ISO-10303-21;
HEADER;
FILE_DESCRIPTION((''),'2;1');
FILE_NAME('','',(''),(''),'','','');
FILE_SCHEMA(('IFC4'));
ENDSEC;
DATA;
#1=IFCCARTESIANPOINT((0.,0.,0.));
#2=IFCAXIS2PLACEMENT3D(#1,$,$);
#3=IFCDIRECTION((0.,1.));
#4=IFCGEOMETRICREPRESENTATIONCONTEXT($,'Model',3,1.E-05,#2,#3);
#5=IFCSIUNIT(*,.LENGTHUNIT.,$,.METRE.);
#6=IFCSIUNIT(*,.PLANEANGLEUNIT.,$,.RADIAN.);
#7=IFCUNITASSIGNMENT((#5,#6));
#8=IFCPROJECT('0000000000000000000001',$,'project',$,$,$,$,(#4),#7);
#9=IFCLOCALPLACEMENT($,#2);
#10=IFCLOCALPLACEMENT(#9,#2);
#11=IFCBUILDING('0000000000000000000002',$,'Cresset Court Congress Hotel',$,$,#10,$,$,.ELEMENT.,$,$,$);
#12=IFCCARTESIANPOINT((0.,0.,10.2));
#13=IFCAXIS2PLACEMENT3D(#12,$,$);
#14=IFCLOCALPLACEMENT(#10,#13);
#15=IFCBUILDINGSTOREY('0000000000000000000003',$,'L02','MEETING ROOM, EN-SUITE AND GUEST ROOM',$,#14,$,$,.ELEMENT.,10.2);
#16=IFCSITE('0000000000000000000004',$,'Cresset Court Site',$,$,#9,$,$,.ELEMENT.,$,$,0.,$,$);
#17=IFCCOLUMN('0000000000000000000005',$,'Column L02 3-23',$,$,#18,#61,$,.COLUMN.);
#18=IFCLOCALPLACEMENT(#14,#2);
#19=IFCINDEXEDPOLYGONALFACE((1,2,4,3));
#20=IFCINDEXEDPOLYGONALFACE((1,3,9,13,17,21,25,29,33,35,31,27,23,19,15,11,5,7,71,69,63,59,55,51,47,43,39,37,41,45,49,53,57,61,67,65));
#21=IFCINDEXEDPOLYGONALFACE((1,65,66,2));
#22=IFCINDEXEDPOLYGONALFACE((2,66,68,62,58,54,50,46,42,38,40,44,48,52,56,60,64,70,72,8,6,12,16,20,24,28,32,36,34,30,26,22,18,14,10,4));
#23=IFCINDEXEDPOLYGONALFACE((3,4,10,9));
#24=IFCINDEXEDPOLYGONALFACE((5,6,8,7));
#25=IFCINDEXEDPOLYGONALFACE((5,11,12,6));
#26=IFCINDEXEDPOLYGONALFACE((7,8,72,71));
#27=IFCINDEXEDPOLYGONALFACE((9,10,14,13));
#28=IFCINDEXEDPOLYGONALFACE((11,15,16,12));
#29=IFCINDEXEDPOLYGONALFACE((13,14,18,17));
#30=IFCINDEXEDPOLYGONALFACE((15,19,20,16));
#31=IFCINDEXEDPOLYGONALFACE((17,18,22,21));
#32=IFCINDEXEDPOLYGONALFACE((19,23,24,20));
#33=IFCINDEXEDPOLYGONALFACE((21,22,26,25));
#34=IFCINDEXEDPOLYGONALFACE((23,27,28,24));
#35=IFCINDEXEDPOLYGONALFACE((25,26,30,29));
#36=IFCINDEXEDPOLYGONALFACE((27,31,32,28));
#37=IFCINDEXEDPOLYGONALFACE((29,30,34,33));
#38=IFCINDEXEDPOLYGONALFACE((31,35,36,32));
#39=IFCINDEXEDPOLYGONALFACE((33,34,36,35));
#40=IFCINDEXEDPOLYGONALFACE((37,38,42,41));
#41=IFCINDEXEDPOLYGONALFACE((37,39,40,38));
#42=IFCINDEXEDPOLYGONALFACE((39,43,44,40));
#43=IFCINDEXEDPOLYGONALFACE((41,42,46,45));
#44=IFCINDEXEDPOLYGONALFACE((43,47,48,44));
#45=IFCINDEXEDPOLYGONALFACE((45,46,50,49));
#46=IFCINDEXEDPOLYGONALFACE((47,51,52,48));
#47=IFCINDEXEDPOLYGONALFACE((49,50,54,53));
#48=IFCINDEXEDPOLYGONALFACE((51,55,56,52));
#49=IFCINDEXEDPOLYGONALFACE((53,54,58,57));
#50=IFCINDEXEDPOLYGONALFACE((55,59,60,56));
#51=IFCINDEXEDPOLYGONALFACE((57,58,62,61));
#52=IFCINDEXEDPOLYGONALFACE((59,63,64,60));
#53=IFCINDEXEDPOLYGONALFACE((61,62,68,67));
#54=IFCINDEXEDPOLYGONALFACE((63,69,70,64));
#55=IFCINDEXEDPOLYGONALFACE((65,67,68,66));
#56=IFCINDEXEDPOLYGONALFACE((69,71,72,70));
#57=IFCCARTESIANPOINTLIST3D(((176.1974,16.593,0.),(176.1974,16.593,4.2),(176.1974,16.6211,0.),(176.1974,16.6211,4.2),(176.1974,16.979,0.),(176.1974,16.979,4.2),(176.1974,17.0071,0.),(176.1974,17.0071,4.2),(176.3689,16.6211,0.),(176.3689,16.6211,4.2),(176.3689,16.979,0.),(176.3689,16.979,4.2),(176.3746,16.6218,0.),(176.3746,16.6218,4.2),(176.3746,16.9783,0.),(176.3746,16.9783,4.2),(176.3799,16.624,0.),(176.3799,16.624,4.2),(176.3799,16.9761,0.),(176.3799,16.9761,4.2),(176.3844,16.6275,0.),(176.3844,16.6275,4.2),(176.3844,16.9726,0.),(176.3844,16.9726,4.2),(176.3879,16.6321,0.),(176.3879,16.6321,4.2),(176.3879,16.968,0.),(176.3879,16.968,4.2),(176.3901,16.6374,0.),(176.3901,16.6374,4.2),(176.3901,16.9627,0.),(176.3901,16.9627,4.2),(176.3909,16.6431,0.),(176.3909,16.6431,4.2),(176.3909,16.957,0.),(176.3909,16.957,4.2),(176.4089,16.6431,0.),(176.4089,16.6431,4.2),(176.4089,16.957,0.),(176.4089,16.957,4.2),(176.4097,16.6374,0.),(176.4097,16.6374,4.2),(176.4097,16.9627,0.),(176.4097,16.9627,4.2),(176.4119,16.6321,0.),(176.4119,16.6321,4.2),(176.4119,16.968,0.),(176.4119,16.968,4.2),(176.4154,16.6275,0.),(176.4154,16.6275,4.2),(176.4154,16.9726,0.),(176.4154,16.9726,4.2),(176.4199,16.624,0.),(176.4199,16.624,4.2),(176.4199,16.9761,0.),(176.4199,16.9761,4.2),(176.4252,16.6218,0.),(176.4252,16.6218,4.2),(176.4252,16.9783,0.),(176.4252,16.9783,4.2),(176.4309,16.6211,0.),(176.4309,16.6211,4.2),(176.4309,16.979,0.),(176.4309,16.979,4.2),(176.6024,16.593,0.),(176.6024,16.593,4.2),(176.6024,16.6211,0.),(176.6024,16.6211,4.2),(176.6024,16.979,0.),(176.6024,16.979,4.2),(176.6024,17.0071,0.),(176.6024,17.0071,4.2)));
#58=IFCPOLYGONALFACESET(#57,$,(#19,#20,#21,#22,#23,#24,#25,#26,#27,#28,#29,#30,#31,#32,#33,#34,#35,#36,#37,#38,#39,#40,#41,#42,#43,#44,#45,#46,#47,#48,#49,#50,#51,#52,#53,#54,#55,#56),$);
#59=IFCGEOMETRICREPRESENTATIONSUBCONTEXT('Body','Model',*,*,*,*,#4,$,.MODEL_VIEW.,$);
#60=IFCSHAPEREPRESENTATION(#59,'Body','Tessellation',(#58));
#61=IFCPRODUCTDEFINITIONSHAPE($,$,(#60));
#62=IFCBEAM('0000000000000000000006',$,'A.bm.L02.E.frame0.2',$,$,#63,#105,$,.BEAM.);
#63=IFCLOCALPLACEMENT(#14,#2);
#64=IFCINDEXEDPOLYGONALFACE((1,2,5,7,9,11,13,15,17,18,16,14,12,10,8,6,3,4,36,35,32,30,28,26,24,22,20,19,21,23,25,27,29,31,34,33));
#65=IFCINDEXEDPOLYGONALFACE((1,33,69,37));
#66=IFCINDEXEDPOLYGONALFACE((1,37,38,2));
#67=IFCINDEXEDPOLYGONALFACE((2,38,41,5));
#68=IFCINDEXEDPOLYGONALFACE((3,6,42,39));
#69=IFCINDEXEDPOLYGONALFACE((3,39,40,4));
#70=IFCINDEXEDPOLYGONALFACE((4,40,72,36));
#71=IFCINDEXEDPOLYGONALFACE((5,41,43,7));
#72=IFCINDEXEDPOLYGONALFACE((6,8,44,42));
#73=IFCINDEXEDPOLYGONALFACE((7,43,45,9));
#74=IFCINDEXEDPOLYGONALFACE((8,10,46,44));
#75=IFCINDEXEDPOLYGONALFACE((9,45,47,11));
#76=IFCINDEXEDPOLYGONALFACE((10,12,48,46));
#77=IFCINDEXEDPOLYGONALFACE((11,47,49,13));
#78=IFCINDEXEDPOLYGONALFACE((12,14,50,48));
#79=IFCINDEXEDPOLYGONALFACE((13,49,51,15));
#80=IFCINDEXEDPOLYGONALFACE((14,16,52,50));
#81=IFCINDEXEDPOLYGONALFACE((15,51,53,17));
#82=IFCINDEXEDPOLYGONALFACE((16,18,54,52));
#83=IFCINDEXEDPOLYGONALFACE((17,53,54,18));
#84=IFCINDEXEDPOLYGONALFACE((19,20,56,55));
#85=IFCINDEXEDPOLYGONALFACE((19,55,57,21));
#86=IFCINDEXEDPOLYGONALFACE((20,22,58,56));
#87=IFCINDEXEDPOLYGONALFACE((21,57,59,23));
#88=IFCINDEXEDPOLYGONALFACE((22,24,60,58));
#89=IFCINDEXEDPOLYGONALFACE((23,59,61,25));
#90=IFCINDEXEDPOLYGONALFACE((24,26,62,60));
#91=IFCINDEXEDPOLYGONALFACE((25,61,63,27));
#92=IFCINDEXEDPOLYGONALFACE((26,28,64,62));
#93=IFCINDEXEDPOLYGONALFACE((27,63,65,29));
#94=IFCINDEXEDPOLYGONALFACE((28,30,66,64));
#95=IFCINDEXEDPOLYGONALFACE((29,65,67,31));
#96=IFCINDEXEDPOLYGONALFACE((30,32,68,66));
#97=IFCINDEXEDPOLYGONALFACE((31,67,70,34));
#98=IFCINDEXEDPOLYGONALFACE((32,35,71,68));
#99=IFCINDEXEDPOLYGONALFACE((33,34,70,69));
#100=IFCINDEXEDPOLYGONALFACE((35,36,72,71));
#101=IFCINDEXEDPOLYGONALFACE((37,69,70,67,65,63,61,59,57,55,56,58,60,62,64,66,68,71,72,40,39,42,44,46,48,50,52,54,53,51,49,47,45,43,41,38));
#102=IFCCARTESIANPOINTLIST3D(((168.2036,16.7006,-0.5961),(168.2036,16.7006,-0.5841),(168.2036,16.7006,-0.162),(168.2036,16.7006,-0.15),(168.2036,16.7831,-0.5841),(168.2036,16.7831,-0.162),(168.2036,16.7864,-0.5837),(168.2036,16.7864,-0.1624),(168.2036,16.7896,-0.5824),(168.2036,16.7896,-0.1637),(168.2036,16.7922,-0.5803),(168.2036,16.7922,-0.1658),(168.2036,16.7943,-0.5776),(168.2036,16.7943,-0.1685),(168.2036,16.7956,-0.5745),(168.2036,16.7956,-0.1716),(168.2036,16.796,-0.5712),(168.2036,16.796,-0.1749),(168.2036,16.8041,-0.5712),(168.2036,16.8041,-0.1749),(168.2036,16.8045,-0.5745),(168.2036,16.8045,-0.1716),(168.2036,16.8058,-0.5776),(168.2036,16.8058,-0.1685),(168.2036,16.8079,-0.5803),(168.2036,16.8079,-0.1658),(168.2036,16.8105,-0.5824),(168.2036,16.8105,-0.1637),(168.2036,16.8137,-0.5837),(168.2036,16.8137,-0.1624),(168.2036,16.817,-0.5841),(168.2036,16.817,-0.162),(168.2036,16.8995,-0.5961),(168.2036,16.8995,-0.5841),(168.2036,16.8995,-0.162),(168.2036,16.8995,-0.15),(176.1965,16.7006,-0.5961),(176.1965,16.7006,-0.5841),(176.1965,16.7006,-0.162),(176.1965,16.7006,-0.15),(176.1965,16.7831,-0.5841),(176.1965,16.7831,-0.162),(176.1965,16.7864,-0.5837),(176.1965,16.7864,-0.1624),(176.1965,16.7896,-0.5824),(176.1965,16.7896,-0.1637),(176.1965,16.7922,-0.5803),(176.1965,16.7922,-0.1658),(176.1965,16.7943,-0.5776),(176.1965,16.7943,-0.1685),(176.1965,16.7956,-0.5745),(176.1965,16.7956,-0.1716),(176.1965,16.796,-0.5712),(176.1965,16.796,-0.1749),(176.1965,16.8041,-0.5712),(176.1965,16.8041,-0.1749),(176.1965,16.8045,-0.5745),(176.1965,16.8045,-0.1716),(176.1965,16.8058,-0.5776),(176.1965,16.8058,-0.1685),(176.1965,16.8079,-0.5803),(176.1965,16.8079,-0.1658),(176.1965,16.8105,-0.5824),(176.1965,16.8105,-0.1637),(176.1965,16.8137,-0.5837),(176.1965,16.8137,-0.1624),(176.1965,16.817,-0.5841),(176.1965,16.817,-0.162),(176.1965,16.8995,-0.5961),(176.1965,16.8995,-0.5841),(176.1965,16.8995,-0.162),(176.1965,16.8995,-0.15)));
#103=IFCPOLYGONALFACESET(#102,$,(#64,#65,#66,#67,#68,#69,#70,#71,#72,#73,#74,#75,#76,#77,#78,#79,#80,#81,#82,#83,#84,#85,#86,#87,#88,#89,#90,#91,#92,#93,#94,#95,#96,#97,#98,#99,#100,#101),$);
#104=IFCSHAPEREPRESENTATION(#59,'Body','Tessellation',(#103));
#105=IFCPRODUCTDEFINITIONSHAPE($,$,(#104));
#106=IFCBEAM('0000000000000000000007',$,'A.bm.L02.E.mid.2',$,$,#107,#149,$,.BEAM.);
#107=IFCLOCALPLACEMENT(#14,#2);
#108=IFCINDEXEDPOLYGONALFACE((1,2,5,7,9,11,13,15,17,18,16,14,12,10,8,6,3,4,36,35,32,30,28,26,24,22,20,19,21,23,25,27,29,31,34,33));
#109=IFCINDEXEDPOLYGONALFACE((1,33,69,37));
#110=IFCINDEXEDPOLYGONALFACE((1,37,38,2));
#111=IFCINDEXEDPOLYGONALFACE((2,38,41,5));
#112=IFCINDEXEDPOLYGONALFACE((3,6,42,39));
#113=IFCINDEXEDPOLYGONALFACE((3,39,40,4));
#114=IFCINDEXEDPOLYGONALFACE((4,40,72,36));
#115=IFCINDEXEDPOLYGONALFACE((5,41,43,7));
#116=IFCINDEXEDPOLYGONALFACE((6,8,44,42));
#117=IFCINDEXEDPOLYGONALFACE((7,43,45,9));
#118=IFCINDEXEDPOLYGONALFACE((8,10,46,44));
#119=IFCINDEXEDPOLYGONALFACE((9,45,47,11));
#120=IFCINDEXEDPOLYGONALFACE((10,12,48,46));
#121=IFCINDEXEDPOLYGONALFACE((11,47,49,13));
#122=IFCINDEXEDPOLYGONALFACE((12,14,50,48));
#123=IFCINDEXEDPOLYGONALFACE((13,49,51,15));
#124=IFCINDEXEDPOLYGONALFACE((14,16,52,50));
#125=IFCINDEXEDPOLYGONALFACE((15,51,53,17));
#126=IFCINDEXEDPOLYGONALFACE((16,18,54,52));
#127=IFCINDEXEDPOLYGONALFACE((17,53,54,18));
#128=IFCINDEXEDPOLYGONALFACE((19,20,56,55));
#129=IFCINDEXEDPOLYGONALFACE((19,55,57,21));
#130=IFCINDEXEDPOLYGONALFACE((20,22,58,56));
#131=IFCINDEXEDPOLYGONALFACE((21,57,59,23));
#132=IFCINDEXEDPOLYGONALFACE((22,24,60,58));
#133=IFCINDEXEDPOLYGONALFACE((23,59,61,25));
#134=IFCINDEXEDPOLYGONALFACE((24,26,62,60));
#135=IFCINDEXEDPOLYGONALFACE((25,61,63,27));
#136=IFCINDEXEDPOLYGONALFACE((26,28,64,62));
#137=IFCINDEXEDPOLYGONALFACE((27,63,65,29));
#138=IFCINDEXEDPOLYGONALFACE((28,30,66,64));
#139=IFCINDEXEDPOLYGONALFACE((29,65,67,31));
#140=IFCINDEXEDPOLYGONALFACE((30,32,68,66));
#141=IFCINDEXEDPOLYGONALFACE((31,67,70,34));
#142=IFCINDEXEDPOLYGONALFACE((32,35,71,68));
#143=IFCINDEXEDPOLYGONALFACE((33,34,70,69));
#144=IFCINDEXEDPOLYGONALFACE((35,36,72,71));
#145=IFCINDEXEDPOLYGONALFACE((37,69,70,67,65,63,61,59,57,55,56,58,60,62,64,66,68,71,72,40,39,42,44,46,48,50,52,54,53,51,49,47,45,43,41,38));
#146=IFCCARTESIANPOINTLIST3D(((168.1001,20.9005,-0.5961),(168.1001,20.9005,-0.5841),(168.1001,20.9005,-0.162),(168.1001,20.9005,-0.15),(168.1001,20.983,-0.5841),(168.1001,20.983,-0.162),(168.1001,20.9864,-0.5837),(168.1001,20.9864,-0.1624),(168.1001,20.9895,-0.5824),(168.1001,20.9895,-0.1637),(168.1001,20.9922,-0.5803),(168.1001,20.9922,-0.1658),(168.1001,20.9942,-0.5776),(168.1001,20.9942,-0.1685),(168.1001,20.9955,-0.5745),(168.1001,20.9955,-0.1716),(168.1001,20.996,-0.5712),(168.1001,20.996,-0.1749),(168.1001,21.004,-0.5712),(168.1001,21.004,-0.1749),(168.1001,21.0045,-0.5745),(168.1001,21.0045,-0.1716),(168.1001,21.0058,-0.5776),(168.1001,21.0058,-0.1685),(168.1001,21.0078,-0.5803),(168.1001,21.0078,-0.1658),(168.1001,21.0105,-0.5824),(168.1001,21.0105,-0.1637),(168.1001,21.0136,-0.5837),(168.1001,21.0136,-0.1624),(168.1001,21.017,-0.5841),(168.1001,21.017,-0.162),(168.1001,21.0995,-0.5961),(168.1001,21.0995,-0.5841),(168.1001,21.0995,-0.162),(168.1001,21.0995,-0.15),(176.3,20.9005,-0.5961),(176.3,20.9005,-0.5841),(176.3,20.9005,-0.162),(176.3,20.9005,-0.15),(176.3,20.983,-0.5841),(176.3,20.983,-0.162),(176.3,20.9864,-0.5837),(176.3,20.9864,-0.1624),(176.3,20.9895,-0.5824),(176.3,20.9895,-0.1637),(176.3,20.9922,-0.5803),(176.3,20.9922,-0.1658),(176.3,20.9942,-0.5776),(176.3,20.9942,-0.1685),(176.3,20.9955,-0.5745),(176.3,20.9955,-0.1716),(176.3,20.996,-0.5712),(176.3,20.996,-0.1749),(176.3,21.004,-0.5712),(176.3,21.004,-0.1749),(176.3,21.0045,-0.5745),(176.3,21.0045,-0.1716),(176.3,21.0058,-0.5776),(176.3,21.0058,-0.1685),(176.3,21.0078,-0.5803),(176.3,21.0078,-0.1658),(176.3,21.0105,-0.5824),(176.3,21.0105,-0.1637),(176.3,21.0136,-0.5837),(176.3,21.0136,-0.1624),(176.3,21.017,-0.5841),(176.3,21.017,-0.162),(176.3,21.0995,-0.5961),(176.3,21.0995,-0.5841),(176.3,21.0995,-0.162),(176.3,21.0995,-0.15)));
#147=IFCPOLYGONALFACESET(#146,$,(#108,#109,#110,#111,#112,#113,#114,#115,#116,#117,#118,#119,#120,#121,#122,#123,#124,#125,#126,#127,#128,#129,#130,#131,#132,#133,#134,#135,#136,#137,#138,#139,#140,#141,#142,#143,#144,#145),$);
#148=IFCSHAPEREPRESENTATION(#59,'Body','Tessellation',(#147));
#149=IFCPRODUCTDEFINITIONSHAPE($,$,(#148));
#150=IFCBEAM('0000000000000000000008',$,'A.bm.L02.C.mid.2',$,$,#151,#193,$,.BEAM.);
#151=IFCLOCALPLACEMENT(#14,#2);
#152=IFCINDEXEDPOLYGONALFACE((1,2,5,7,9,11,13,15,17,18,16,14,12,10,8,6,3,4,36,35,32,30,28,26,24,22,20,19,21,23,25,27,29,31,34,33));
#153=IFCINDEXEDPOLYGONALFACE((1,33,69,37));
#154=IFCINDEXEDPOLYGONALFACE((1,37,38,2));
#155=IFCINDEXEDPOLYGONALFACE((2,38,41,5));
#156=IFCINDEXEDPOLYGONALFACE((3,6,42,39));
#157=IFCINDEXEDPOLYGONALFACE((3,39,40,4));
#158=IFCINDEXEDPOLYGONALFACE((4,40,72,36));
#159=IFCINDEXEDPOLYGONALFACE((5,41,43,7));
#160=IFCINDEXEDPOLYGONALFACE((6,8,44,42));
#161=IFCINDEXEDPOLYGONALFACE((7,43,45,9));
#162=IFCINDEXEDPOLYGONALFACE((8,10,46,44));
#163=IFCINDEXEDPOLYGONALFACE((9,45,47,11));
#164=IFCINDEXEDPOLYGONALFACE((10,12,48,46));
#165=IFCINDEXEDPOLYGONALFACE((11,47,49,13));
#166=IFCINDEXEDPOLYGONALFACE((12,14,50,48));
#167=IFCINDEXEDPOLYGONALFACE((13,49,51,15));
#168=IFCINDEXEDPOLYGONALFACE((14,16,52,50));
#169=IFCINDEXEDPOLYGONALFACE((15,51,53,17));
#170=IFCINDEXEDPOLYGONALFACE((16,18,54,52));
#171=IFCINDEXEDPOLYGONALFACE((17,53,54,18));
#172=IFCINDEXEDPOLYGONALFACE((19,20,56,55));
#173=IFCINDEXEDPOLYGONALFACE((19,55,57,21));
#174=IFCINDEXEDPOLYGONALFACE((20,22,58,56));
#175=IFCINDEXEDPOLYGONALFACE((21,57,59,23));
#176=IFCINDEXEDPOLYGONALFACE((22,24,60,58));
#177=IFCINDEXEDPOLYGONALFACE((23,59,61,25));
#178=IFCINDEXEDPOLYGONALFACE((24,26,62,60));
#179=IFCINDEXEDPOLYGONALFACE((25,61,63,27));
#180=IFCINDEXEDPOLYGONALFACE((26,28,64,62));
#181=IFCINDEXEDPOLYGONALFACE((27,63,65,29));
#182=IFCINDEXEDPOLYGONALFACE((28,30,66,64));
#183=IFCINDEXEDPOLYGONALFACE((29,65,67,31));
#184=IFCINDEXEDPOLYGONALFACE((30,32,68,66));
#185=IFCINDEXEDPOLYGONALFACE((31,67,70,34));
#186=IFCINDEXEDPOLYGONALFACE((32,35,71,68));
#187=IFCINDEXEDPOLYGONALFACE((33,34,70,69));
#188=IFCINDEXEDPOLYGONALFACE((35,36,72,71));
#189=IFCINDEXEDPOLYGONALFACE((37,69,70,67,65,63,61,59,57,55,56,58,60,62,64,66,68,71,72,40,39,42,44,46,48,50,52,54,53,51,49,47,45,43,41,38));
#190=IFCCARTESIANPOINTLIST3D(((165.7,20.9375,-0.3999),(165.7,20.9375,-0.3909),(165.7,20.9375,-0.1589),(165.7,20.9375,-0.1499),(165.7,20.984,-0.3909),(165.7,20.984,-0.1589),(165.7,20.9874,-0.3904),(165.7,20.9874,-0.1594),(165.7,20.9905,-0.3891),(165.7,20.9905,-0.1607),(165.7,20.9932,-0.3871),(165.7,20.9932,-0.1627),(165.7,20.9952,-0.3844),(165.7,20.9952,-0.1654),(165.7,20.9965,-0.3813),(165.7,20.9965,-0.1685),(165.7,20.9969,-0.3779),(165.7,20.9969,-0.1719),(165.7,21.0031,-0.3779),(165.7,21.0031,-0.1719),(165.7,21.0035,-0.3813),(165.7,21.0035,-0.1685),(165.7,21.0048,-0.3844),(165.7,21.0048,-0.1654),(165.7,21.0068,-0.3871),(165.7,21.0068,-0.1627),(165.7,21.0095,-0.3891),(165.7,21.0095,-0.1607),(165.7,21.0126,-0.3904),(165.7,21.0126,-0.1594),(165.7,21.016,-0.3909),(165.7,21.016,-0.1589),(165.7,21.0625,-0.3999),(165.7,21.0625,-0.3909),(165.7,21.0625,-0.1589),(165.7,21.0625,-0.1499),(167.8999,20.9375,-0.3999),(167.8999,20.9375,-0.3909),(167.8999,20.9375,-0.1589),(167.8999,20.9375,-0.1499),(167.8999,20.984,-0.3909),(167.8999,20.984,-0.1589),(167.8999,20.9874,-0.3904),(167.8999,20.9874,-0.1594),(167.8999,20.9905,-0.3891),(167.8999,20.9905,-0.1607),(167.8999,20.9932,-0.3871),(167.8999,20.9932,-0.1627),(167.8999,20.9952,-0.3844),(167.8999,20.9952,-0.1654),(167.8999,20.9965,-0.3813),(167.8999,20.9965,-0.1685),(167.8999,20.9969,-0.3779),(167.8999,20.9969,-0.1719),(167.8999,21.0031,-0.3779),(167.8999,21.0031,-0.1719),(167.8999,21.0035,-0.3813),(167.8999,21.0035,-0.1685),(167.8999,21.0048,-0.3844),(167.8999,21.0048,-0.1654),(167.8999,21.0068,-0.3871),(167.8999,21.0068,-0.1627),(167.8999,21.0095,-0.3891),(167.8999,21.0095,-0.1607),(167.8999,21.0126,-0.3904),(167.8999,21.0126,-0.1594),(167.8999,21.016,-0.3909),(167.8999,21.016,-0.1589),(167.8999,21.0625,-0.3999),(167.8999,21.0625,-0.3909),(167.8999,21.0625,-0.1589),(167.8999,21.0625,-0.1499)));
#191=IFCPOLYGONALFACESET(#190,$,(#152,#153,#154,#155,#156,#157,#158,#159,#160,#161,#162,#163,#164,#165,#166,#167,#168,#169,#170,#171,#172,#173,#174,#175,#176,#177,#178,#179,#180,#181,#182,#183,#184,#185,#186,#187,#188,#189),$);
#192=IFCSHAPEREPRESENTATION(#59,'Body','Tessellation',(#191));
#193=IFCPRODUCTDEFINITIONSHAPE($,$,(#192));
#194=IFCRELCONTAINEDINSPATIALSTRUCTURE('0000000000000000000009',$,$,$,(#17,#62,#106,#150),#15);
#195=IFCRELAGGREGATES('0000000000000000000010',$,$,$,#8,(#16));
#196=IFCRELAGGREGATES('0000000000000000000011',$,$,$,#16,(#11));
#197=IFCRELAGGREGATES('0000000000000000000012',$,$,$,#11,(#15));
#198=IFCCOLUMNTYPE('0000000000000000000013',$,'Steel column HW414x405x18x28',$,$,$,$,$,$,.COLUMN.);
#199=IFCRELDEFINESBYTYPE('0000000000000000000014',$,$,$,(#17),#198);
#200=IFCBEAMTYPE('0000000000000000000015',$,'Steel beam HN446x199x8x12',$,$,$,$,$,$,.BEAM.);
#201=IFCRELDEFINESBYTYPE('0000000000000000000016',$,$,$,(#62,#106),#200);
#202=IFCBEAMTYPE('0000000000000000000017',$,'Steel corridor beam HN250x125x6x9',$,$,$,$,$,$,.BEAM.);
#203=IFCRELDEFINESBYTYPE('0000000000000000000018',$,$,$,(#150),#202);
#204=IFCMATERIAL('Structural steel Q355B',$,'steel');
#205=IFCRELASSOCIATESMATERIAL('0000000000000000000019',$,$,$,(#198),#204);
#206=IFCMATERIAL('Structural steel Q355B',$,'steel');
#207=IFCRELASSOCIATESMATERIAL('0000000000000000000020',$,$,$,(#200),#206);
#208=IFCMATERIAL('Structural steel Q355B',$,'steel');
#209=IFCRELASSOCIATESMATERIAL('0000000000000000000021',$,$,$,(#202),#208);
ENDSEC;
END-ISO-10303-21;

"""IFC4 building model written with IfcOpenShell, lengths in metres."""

from ifc_helpers import new_model, si_unit, direction, frame, origin, origin_2d, place, context, subcontext, project, spatial, i_section, extrude, material, material_profile, profile_set, type_object, element, save


model = new_model("IFC4")

# Units and contexts
model_context = context("Model", 3, precision=1e-05, world=origin(), true_north=direction((0.0, 1.0)))
body_context = subcontext(model_context, "Body", "Model", "MODEL_VIEW")
ifc_project = project(units=[si_unit("LENGTHUNIT", "METRE"), si_unit("PLANEANGLEUNIT", "RADIAN")], contexts=[model_context])

# Site, building, storey
site_placement = place(None, origin())
site = spatial("IfcSite", under=ifc_project, at=site_placement, Name="Cresset Court Site", CompositionType="ELEMENT", RefElevation=0.0)
building_placement = place(site_placement, origin())
building = spatial("IfcBuilding", under=site, at=building_placement, Name="Cresset Court Congress Hotel", CompositionType="ELEMENT")
storey_placement = place(building_placement, frame((0.0, 0.0, 10.2)))
storey = spatial("IfcBuildingStorey", under=building, at=storey_placement, Name="L02", Description="MEETING ROOM, EN-SUITE AND GUEST ROOM", CompositionType="ELEMENT", Elevation=10.2)

# Column
ifc_material_1 = material(Name="Structural steel Q355B", Category="steel")
ifc_material_profile_1 = material_profile(ifc_material_1, i_section(OverallWidth=0.405, OverallDepth=0.4141, WebThickness=0.0181, FlangeThickness=0.0281, FilletRadius=0.022, at=origin_2d()), Name="HW414x405x18x28")
ifc_profile_set_1 = profile_set([ifc_material_profile_1], Name="Structural steel Q355B")
column_type = type_object("IfcColumnType", Name="Steel column HW414x405x18x28", PredefinedType="COLUMN", material=ifc_profile_set_1)
column_placement = place(storey_placement, frame((176.3999, 16.8, 0.0), z_axis=(0.0, 0.0, 1.0), x_axis=(1.0, 0.0, 0.0)))
element("IfcColumn", 1, at=column_placement, inside=storey, type_object=column_type, Name="Column L02 3-23", PredefinedType="COLUMN", context=body_context, shape_type="SweptSolid", body=[
    extrude(i_section(OverallWidth=0.405, OverallDepth=0.4141, WebThickness=0.0181, FlangeThickness=0.0281, FilletRadius=0.022, at=origin_2d()), origin(), (0.0, 0.0, 1.0), 4.2),
])

# Beams
ifc_material_2 = material(Name="Structural steel Q355B", Category="steel")
ifc_material_profile_2 = material_profile(ifc_material_2, i_section(OverallWidth=0.199, OverallDepth=0.446, WebThickness=0.0081, FlangeThickness=0.012, FilletRadius=0.0129, at=origin_2d()), Name="HN446x199x8x12")
ifc_profile_set_2 = profile_set([ifc_material_profile_2], Name="Structural steel Q355B")
beam_type_1 = type_object("IfcBeamType", Name="Steel beam HN446x199x8x12", PredefinedType="BEAM", material=ifc_profile_set_2)
beam_1_placement = place(storey_placement, frame((168.2036, 16.8, -0.373), z_axis=(1.0, 0.0, 0.0), x_axis=(0.0, 1.0, 0.0)))
element("IfcBeam", 2, at=beam_1_placement, inside=storey, type_object=beam_type_1, Name="A.bm.L02.E.frame0.2", PredefinedType="BEAM", context=body_context, shape_type="SweptSolid", body=[
    extrude(i_section(OverallWidth=0.199, OverallDepth=0.446, WebThickness=0.0081, FlangeThickness=0.012, FilletRadius=0.0129, at=origin_2d()), origin(), (0.0, 0.0, 1.0), 7.9929),
])
beam_2_placement = place(storey_placement, frame((168.1001, 21.0, -0.373), z_axis=(1.0, 0.0, 0.0), x_axis=(0.0, 1.0, 0.0)))
element("IfcBeam", 3, at=beam_2_placement, inside=storey, type_object=beam_type_1, Name="A.bm.L02.E.mid.2", PredefinedType="BEAM", context=body_context, shape_type="SweptSolid", body=[
    extrude(i_section(OverallWidth=0.199, OverallDepth=0.446, WebThickness=0.0081, FlangeThickness=0.012, FilletRadius=0.0129, at=origin_2d()), origin(), (0.0, 0.0, 1.0), 8.2),
])
ifc_material_3 = material(Name="Structural steel Q355B", Category="steel")
ifc_material_profile_3 = material_profile(ifc_material_3, i_section(OverallWidth=0.125, OverallDepth=0.25, WebThickness=0.0061, FlangeThickness=0.009, FilletRadius=0.0129, at=origin_2d()), Name="HN250x125x6x9")
ifc_profile_set_3 = profile_set([ifc_material_profile_3], Name="Structural steel Q355B")
beam_type_2 = type_object("IfcBeamType", Name="Steel corridor beam HN250x125x6x9", PredefinedType="BEAM", material=ifc_profile_set_3)
beam_3_placement = place(storey_placement, frame((165.7, 21.0, -0.2749), z_axis=(1.0, 0.0, 0.0), x_axis=(0.0, 1.0, 0.0)))
element("IfcBeam", 4, at=beam_3_placement, inside=storey, type_object=beam_type_2, Name="A.bm.L02.C.mid.2", PredefinedType="BEAM", context=body_context, shape_type="SweptSolid", body=[
    extrude(i_section(OverallWidth=0.125, OverallDepth=0.25, WebThickness=0.0061, FlangeThickness=0.009, FilletRadius=0.0129, at=origin_2d()), origin(), (0.0, 0.0, 1.0), 2.2),
])

save(model, "model.ifc")
